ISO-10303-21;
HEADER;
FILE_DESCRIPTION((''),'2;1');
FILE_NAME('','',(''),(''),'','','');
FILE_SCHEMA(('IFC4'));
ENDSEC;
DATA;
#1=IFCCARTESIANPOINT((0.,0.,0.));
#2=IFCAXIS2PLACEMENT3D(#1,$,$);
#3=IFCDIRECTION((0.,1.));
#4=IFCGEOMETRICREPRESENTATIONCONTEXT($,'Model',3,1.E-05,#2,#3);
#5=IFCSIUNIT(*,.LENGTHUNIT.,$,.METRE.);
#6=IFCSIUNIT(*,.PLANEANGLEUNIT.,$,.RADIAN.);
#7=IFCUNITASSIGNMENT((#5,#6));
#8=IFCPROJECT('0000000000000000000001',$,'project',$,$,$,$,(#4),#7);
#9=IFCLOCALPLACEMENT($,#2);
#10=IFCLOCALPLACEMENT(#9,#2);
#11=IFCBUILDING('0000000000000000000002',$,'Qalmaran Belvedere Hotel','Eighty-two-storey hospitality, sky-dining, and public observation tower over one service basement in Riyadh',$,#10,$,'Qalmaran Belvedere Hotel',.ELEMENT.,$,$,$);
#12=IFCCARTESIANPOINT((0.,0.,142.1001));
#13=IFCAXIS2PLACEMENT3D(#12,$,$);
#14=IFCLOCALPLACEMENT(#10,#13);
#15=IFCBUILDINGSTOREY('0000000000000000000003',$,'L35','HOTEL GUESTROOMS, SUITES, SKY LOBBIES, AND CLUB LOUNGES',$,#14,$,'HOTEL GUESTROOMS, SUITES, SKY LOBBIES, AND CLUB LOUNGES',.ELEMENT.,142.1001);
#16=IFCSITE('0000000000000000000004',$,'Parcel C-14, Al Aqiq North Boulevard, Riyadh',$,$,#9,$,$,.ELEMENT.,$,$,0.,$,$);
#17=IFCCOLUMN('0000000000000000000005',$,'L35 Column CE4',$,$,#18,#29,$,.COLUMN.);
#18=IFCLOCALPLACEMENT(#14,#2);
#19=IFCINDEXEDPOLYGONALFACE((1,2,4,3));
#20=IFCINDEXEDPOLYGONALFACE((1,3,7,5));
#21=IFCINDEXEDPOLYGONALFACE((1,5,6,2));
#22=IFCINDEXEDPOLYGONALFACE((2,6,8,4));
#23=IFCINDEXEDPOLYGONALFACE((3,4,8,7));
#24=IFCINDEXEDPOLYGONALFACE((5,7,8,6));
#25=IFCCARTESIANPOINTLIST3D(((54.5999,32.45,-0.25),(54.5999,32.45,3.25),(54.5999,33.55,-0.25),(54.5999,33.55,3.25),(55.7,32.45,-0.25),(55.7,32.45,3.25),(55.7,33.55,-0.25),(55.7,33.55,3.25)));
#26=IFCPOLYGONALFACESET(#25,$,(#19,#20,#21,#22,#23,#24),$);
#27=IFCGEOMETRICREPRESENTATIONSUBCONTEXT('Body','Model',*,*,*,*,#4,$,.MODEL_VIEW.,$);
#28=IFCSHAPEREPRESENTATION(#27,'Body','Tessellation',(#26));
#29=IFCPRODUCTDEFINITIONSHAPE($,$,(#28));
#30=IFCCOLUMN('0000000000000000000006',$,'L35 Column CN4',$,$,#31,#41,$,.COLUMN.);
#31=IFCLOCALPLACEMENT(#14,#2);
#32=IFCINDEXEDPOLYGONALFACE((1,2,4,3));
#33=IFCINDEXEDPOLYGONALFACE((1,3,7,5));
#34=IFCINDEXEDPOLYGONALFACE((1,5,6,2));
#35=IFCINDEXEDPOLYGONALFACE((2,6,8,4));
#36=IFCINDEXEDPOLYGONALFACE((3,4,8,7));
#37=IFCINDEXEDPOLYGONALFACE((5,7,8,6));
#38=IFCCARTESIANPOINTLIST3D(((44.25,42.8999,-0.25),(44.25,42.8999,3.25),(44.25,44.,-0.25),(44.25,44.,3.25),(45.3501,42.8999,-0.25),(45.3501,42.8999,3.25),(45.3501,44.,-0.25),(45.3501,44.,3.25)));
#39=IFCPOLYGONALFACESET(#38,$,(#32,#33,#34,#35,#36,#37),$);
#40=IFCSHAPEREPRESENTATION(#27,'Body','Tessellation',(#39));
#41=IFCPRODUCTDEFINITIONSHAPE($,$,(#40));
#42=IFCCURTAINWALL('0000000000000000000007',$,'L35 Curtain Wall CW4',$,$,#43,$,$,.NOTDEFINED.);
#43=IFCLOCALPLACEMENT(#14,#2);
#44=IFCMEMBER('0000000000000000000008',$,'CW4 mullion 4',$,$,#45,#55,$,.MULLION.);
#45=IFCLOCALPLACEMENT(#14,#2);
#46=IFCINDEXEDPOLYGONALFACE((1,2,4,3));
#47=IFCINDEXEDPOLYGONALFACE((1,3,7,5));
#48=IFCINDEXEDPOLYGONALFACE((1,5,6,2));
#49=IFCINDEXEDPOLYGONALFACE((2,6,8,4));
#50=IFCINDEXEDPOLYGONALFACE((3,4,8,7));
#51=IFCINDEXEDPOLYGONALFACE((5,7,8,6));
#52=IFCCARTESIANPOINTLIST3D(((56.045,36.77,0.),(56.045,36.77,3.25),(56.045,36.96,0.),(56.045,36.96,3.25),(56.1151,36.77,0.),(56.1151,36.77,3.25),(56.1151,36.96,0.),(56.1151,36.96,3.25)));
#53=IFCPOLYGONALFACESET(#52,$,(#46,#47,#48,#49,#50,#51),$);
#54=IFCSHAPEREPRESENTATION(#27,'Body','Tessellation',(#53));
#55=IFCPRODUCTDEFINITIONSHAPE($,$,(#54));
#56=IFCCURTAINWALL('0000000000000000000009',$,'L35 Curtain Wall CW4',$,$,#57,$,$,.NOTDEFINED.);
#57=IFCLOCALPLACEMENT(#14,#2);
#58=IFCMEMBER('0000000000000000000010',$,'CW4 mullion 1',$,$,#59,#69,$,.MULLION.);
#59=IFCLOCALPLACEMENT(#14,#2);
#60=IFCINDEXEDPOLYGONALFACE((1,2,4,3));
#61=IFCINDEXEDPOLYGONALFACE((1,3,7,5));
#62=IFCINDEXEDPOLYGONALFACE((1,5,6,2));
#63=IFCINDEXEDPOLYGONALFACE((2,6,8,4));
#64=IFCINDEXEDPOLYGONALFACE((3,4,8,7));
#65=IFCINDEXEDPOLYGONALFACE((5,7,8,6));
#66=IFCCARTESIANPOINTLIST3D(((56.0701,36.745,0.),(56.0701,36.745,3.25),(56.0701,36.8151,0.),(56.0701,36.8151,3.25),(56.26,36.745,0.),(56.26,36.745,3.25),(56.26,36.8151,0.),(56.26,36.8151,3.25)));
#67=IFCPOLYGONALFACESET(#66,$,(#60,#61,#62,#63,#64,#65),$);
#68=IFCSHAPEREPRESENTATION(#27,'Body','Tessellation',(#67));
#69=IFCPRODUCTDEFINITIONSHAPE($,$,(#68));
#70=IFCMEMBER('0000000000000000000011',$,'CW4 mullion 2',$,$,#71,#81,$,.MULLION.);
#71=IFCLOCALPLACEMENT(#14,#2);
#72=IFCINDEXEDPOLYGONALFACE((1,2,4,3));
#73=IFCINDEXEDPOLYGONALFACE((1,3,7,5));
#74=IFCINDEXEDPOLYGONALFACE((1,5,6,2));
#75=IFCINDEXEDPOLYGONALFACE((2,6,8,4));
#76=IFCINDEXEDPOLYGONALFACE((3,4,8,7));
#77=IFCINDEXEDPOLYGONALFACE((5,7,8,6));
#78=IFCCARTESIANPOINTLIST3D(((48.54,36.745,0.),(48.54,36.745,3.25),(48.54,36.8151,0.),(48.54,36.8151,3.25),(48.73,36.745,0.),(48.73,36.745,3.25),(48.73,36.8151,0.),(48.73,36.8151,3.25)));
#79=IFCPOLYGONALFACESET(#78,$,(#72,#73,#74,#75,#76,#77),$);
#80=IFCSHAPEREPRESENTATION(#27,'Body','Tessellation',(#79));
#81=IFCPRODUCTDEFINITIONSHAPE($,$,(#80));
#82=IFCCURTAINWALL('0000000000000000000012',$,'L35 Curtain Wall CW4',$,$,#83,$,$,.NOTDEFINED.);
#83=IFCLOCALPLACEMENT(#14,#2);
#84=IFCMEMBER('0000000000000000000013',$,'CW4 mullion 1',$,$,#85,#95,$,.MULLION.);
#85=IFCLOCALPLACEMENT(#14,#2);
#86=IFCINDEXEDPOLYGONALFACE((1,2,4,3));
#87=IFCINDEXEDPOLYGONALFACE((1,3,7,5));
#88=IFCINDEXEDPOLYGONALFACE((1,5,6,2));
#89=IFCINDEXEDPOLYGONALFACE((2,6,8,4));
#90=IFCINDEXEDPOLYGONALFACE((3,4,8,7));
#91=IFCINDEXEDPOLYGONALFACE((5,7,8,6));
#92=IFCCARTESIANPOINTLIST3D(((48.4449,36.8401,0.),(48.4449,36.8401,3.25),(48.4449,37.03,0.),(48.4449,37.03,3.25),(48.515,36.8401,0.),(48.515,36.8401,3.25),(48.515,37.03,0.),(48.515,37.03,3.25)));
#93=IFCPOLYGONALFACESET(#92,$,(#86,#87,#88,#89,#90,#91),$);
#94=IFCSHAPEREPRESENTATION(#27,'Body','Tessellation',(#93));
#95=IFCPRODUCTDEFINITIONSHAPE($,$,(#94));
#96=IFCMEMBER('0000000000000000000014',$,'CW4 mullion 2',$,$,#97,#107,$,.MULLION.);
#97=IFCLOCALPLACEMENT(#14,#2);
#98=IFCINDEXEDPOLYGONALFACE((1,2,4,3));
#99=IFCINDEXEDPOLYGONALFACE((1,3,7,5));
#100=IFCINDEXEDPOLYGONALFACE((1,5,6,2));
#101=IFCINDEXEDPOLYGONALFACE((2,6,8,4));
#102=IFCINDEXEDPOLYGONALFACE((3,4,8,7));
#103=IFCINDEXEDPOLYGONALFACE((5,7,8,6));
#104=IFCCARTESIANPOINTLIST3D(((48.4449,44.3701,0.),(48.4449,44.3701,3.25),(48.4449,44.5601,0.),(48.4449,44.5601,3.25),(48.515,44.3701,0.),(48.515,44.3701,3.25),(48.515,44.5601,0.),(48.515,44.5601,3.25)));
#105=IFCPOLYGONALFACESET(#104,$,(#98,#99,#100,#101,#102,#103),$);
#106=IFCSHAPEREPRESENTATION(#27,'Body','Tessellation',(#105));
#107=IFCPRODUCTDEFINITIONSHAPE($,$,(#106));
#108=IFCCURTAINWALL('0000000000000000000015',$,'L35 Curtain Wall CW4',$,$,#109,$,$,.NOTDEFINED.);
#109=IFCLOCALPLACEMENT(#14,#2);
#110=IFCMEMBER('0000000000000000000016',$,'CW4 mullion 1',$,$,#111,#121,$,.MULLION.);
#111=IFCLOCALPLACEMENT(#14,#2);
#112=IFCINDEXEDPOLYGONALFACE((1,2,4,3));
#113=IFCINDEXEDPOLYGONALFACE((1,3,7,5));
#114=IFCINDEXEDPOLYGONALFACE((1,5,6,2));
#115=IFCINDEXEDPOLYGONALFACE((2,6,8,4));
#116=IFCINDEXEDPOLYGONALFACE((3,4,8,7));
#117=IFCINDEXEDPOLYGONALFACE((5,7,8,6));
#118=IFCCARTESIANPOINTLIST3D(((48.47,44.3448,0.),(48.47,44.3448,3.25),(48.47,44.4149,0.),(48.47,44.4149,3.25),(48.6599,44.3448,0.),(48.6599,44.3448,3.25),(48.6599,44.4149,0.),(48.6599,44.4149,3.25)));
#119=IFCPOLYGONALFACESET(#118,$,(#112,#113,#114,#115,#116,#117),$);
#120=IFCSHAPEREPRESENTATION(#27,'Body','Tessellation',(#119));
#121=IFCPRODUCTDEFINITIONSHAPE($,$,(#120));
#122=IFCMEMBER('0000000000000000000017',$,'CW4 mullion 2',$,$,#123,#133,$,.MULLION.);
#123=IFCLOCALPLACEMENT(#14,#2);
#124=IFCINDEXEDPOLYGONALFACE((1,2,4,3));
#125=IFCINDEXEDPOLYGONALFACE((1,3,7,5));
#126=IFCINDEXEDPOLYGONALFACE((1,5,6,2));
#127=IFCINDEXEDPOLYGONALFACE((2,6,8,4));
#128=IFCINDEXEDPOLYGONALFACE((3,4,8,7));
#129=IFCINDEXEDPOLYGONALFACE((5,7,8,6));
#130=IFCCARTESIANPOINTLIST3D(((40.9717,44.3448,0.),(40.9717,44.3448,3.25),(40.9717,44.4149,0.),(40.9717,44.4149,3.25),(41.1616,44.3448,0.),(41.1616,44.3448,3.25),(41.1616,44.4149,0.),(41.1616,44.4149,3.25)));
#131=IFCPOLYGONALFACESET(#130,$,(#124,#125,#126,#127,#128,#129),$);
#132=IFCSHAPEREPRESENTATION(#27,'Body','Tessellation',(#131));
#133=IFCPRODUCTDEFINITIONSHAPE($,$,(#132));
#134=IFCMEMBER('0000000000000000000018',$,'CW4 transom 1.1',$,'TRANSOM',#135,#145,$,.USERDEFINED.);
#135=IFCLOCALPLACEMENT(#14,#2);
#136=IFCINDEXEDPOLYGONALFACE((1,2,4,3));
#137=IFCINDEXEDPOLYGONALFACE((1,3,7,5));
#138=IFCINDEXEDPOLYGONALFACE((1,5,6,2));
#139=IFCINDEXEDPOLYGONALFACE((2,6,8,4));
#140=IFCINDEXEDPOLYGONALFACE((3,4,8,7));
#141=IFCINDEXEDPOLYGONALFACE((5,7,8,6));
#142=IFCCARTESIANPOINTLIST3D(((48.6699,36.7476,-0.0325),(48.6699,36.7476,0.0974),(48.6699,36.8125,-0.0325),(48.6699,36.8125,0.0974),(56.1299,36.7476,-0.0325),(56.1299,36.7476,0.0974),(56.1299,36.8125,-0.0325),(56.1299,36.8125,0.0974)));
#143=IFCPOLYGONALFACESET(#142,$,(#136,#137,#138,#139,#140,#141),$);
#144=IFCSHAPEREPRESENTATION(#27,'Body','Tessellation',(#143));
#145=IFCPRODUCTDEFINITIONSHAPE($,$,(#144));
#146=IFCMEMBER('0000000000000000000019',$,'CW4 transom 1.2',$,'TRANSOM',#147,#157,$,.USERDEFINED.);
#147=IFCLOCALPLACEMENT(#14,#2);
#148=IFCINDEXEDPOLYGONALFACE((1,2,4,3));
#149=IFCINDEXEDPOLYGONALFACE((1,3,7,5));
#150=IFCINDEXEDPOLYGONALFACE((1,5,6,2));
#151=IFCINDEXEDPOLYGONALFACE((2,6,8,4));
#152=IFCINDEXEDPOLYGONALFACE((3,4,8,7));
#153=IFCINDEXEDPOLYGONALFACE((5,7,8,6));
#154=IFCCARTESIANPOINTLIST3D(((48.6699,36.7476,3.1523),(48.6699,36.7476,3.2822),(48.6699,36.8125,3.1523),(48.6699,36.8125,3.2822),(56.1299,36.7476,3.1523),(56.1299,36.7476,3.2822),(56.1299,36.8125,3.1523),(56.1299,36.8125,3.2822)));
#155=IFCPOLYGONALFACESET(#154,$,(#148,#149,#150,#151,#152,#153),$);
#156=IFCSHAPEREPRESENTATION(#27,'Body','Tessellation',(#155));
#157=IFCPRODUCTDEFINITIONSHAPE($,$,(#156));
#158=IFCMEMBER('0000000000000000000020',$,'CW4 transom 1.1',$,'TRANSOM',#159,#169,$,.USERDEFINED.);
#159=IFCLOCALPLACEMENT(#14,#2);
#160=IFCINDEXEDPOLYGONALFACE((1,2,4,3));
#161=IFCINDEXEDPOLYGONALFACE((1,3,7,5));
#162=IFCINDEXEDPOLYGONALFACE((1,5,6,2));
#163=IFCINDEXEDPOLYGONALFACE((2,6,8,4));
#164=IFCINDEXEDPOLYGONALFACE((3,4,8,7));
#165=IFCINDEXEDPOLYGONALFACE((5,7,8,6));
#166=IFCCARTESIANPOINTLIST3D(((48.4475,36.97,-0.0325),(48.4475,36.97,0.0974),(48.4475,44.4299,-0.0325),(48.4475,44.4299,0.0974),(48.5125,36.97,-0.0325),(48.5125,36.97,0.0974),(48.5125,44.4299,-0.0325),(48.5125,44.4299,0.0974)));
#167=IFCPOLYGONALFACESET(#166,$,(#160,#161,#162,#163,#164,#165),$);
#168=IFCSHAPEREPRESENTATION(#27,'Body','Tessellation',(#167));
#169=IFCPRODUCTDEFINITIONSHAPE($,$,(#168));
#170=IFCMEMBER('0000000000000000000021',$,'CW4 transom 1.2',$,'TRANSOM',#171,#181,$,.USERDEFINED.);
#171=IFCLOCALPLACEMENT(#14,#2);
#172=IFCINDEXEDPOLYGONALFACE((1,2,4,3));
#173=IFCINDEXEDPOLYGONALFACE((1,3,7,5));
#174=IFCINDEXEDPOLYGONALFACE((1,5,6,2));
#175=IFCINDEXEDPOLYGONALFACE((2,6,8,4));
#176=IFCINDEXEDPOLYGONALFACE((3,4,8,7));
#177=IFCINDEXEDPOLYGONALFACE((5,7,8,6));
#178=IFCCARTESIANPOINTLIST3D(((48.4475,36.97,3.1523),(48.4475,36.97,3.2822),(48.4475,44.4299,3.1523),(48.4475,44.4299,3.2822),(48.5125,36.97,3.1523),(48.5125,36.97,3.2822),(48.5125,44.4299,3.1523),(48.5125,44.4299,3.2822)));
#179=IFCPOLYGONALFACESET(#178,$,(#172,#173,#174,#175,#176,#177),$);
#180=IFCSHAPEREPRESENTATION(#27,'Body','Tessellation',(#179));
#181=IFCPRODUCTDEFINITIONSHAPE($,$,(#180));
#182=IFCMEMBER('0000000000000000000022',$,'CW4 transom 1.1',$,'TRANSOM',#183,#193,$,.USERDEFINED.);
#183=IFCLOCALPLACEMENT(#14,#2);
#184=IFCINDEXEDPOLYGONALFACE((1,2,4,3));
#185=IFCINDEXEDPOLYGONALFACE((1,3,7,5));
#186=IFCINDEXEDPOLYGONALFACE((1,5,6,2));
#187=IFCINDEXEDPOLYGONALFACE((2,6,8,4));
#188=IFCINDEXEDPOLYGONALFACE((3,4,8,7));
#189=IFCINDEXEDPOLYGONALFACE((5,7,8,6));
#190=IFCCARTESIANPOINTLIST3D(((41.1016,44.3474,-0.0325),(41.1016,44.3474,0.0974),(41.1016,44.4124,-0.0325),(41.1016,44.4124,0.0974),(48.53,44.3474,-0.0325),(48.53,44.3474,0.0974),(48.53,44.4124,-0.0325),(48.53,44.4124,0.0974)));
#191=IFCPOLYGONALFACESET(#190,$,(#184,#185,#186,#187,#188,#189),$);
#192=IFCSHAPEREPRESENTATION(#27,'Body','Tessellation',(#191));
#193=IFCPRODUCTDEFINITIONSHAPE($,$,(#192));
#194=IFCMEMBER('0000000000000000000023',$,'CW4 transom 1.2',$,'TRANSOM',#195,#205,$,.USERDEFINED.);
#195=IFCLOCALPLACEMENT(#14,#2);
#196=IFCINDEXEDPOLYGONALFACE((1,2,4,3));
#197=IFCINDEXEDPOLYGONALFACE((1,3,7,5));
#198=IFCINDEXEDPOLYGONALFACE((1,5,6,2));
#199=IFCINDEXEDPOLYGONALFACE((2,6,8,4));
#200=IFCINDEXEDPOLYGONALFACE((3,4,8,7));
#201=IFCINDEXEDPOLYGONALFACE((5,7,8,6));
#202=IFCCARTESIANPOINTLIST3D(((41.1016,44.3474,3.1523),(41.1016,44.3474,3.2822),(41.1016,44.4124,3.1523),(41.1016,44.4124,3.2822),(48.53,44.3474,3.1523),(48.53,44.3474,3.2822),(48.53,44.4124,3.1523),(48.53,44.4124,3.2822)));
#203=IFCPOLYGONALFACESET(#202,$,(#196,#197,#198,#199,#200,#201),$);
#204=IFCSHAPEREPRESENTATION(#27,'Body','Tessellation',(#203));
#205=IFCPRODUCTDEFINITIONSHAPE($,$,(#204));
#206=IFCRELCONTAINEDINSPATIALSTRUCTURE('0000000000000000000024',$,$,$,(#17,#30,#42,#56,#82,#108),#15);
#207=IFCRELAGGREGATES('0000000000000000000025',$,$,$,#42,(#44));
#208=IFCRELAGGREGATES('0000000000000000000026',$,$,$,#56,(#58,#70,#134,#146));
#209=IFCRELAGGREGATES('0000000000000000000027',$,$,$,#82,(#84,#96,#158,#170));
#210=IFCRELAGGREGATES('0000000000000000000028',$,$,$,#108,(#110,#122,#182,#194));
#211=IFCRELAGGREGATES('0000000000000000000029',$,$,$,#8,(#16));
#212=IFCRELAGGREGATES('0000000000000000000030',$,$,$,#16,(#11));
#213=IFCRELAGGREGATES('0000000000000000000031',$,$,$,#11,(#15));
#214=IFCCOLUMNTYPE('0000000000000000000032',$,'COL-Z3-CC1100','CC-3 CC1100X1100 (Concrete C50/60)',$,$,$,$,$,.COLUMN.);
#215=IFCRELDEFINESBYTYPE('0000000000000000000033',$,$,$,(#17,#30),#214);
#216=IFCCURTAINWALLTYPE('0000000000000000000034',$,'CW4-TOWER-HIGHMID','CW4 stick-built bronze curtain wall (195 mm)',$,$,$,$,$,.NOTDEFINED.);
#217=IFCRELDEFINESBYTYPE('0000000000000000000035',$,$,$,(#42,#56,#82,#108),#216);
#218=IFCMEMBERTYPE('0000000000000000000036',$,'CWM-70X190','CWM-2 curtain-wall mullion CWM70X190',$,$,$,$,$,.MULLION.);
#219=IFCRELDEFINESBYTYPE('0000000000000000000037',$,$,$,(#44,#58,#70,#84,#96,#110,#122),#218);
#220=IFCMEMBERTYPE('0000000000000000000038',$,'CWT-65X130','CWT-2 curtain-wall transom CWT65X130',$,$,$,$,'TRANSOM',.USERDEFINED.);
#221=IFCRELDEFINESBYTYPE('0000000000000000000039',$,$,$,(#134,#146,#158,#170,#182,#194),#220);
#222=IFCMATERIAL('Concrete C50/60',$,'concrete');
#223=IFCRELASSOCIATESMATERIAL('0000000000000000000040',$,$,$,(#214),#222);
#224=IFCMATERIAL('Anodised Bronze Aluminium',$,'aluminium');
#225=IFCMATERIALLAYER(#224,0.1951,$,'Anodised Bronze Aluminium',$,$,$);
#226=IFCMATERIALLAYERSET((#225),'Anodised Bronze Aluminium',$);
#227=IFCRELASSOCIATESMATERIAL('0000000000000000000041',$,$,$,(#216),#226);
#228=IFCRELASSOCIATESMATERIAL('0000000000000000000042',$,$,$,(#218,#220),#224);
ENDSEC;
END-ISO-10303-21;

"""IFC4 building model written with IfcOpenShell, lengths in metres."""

from ifc_helpers import new_model, si_unit, direction, frame, origin, origin_2d, place, context, subcontext, project, spatial, rectangle, extrude, material, layer, layer_set, material_profile, profile_set, type_object, element, aggregate, save


model = new_model("IFC4")

# Units and contexts
model_context = context("Model", 3, precision=1e-05, world=origin(), true_north=direction((0.0, 1.0)))
body_context = subcontext(model_context, "Body", "Model", "MODEL_VIEW")
ifc_project = project(units=[si_unit("LENGTHUNIT", "METRE"), si_unit("PLANEANGLEUNIT", "RADIAN")], contexts=[model_context])

# Site, building, storey
site_placement = place(None, origin())
site = spatial("IfcSite", under=ifc_project, at=site_placement, Name="Parcel C-14, Al Aqiq North Boulevard, Riyadh", CompositionType="ELEMENT", RefElevation=0.0)
building_placement = place(site_placement, origin())
building = spatial("IfcBuilding", under=site, at=building_placement, Name="Qalmaran Belvedere Hotel", Description="Eighty-two-storey hospitality, sky-dining, and public observation tower over one service basement in Riyadh", LongName="Qalmaran Belvedere Hotel", CompositionType="ELEMENT")
storey_placement = place(building_placement, frame((0.0, 0.0, 142.1001)))
storey = spatial("IfcBuildingStorey", under=building, at=storey_placement, Name="L35", Description="HOTEL GUESTROOMS, SUITES, SKY LOBBIES, AND CLUB LOUNGES", LongName="HOTEL GUESTROOMS, SUITES, SKY LOBBIES, AND CLUB LOUNGES", CompositionType="ELEMENT", Elevation=142.1001)

# Columns
ifc_material_1 = material(Name="Concrete C50/60", Category="concrete")
ifc_material_profile_1 = material_profile(ifc_material_1, rectangle(XDim=1.1001, YDim=1.1001, at=origin_2d()), Name="CC1100X1100")
ifc_profile_set_1 = profile_set([ifc_material_profile_1], Name="Concrete C50/60")
column_type = type_object("IfcColumnType", Name="COL-Z3-CC1100", Description="CC-3 CC1100X1100 (Concrete C50/60)", PredefinedType="COLUMN", material=ifc_profile_set_1)
for number, where, z_axis, x_axis, name in (
    (1, (55.1499, 33.0, -0.25), (0.0, 0.0, 1.0), (1.0, 0.0, 0.0), "L35 Column CE4"),
    (2, (44.8, 43.45, -0.25), (0.0, 0.0, 1.0), (1.0, 0.0, 0.0), "L35 Column CN4"),
):
    element("IfcColumn", number, at=place(storey_placement, frame(where, z_axis=z_axis, x_axis=x_axis)), inside=storey, type_object=column_type, Name=name, PredefinedType="COLUMN", context=body_context, shape_type="SweptSolid", body=[
        extrude(rectangle(XDim=1.1001, YDim=1.1001, at=origin_2d()), origin(), (0.0, 0.0, 1.0), 3.5),
    ])

# Curtain wall, member
ifc_material_2 = material(Name="Anodised Bronze Aluminium", Category="aluminium")
ifc_layer_1 = layer(ifc_material_2, 0.1951, Name="Anodised Bronze Aluminium")
ifc_layer_set_1 = layer_set([ifc_layer_1], Name="Anodised Bronze Aluminium")
curtain_wall_type = type_object("IfcCurtainWallType", Name="CW4-TOWER-HIGHMID", Description="CW4 stick-built bronze curtain wall (195 mm)", PredefinedType="NOTDEFINED", material=ifc_layer_set_1)
curtain_wall_1_placement = place(storey_placement, origin())
curtain_wall_1 = element("IfcCurtainWall", 3, at=curtain_wall_1_placement, inside=storey, type_object=curtain_wall_type, Name="L35 Curtain Wall CW4", PredefinedType="NOTDEFINED")
ifc_material_profile_2 = material_profile(ifc_material_2, rectangle(XDim=0.0701, YDim=0.1899, at=origin_2d()), Name="CWM70X190")
ifc_profile_set_2 = profile_set([ifc_material_profile_2], Name="Anodised Bronze Aluminium")
member_type_1 = type_object("IfcMemberType", Name="CWM-70X190", Description="CWM-2 curtain-wall mullion CWM70X190", PredefinedType="MULLION", material=ifc_profile_set_2)
member_1_placement = place(storey_placement, frame((56.0801, 36.865, 0.0), z_axis=(0.0, 0.0, 1.0), x_axis=(-1.0, 0.0, 0.0)))
member_1 = element("IfcMember", 4, at=member_1_placement, type_object=member_type_1, Name="CW4 mullion 4", PredefinedType="MULLION", context=body_context, shape_type="SweptSolid", body=[
    extrude(rectangle(XDim=0.0701, YDim=0.1899, at=origin_2d()), origin(), (0.0, 0.0, 1.0), 3.25),
])
aggregate(curtain_wall_1, [member_1])

# Curtain walls, members
curtain_wall_2_placement = place(storey_placement, origin())
curtain_wall_2 = element("IfcCurtainWall", 5, at=curtain_wall_2_placement, inside=storey, type_object=curtain_wall_type, Name="L35 Curtain Wall CW4", PredefinedType="NOTDEFINED")
member_2_placement = place(storey_placement, frame((56.165, 36.78, 0.0), z_axis=(0.0, 0.0, 1.0), x_axis=(0.0, -1.0, 0.0)))
member_2 = element("IfcMember", 6, at=member_2_placement, type_object=member_type_1, Name="CW4 mullion 1", PredefinedType="MULLION", context=body_context, shape_type="SweptSolid", body=[
    extrude(rectangle(XDim=0.0701, YDim=0.1899, at=origin_2d()), origin(), (0.0, 0.0, 1.0), 3.25),
])
member_3_placement = place(storey_placement, frame((48.635, 36.78, 0.0), z_axis=(0.0, 0.0, 1.0), x_axis=(0.0, -1.0, 0.0)))
member_3 = element("IfcMember", 7, at=member_3_placement, type_object=member_type_1, Name="CW4 mullion 2", PredefinedType="MULLION", context=body_context, shape_type="SweptSolid", body=[
    extrude(rectangle(XDim=0.0701, YDim=0.1899, at=origin_2d()), origin(), (0.0, 0.0, 1.0), 3.25),
])
curtain_wall_3_placement = place(storey_placement, origin())
curtain_wall_3 = element("IfcCurtainWall", 8, at=curtain_wall_3_placement, inside=storey, type_object=curtain_wall_type, Name="L35 Curtain Wall CW4", PredefinedType="NOTDEFINED")
member_4_placement = place(storey_placement, frame((48.48, 36.9351, 0.0), z_axis=(0.0, 0.0, 1.0), x_axis=(-1.0, 0.0, 0.0)))
member_4 = element("IfcMember", 9, at=member_4_placement, type_object=member_type_1, Name="CW4 mullion 1", PredefinedType="MULLION", context=body_context, shape_type="SweptSolid", body=[
    extrude(rectangle(XDim=0.0701, YDim=0.1899, at=origin_2d()), origin(), (0.0, 0.0, 1.0), 3.25),
])
member_5_placement = place(storey_placement, frame((48.48, 44.4651, 0.0), z_axis=(0.0, 0.0, 1.0), x_axis=(-1.0, 0.0, 0.0)))
member_5 = element("IfcMember", 10, at=member_5_placement, type_object=member_type_1, Name="CW4 mullion 2", PredefinedType="MULLION", context=body_context, shape_type="SweptSolid", body=[
    extrude(rectangle(XDim=0.0701, YDim=0.1899, at=origin_2d()), origin(), (0.0, 0.0, 1.0), 3.25),
])
curtain_wall_4_placement = place(storey_placement, origin())
curtain_wall_4 = element("IfcCurtainWall", 11, at=curtain_wall_4_placement, inside=storey, type_object=curtain_wall_type, Name="L35 Curtain Wall CW4", PredefinedType="NOTDEFINED")
member_6_placement = place(storey_placement, frame((48.5649, 44.3799, 0.0), z_axis=(0.0, 0.0, 1.0), x_axis=(0.0, -1.0, 0.0)))
member_6 = element("IfcMember", 12, at=member_6_placement, type_object=member_type_1, Name="CW4 mullion 1", PredefinedType="MULLION", context=body_context, shape_type="SweptSolid", body=[
    extrude(rectangle(XDim=0.0701, YDim=0.1899, at=origin_2d()), origin(), (0.0, 0.0, 1.0), 3.25),
])
member_7_placement = place(storey_placement, frame((41.0667, 44.3799, 0.0), z_axis=(0.0, 0.0, 1.0), x_axis=(0.0, -1.0, 0.0)))
member_7 = element("IfcMember", 13, at=member_7_placement, type_object=member_type_1, Name="CW4 mullion 2", PredefinedType="MULLION", context=body_context, shape_type="SweptSolid", body=[
    extrude(rectangle(XDim=0.0701, YDim=0.1899, at=origin_2d()), origin(), (0.0, 0.0, 1.0), 3.25),
])

# Members
ifc_material_profile_3 = material_profile(ifc_material_2, rectangle(XDim=0.0649, YDim=0.1299, at=origin_2d()), Name="CWT65X130")
ifc_profile_set_3 = profile_set([ifc_material_profile_3], Name="Anodised Bronze Aluminium")
member_type_2 = type_object("IfcMemberType", Name="CWT-65X130", Description="CWT-2 curtain-wall transom CWT65X130", ElementType="TRANSOM", PredefinedType="USERDEFINED", material=ifc_profile_set_3)
member_8_placement = place(storey_placement, frame((56.1299, 36.78, 0.0325), z_axis=(-1.0, 0.0, 0.0), x_axis=(0.0, -1.0, 0.0)))
member_8 = element("IfcMember", 14, at=member_8_placement, type_object=member_type_2, Name="CW4 transom 1.1", ObjectType="TRANSOM", PredefinedType="USERDEFINED", context=body_context, shape_type="SweptSolid", body=[
    extrude(rectangle(XDim=0.0649, YDim=0.1299, at=origin_2d()), origin(), (0.0, 0.0, 1.0), 7.46),
])
member_9_placement = place(storey_placement, frame((56.1299, 36.78, 3.2173), z_axis=(-1.0, 0.0, 0.0), x_axis=(0.0, -1.0, 0.0)))
member_9 = element("IfcMember", 15, at=member_9_placement, type_object=member_type_2, Name="CW4 transom 1.2", ObjectType="TRANSOM", PredefinedType="USERDEFINED", context=body_context, shape_type="SweptSolid", body=[
    extrude(rectangle(XDim=0.0649, YDim=0.1299, at=origin_2d()), origin(), (0.0, 0.0, 1.0), 7.46),
])
member_10_placement = place(storey_placement, frame((48.48, 36.97, 0.0325), z_axis=(0.0, 1.0, 0.0), x_axis=(-1.0, 0.0, 0.0)))
member_10 = element("IfcMember", 16, at=member_10_placement, type_object=member_type_2, Name="CW4 transom 1.1", ObjectType="TRANSOM", PredefinedType="USERDEFINED", context=body_context, shape_type="SweptSolid", body=[
    extrude(rectangle(XDim=0.0649, YDim=0.1299, at=origin_2d()), origin(), (0.0, 0.0, 1.0), 7.46),
])
member_11_placement = place(storey_placement, frame((48.48, 36.97, 3.2173), z_axis=(0.0, 1.0, 0.0), x_axis=(-1.0, 0.0, 0.0)))
member_11 = element("IfcMember", 17, at=member_11_placement, type_object=member_type_2, Name="CW4 transom 1.2", ObjectType="TRANSOM", PredefinedType="USERDEFINED", context=body_context, shape_type="SweptSolid", body=[
    extrude(rectangle(XDim=0.0649, YDim=0.1299, at=origin_2d()), origin(), (0.0, 0.0, 1.0), 7.46),
])
member_12_placement = place(storey_placement, frame((48.53, 44.3799, 0.0325), z_axis=(-1.0, 0.0, 0.0), x_axis=(0.0, -1.0, 0.0)))
member_12 = element("IfcMember", 18, at=member_12_placement, type_object=member_type_2, Name="CW4 transom 1.1", ObjectType="TRANSOM", PredefinedType="USERDEFINED", context=body_context, shape_type="SweptSolid", body=[
    extrude(rectangle(XDim=0.0649, YDim=0.1299, at=origin_2d()), origin(), (0.0, 0.0, 1.0), 7.4285),
])
member_13_placement = place(storey_placement, frame((48.53, 44.3799, 3.2173), z_axis=(-1.0, 0.0, 0.0), x_axis=(0.0, -1.0, 0.0)))
member_13 = element("IfcMember", 19, at=member_13_placement, type_object=member_type_2, Name="CW4 transom 1.2", ObjectType="TRANSOM", PredefinedType="USERDEFINED", context=body_context, shape_type="SweptSolid", body=[
    extrude(rectangle(XDim=0.0649, YDim=0.1299, at=origin_2d()), origin(), (0.0, 0.0, 1.0), 7.4285),
])

aggregate(curtain_wall_2, [member_2, member_3, member_8, member_9])
aggregate(curtain_wall_3, [member_4, member_5, member_10, member_11])
aggregate(curtain_wall_4, [member_6, member_7, member_12, member_13])

save(model, "model.ifc")
